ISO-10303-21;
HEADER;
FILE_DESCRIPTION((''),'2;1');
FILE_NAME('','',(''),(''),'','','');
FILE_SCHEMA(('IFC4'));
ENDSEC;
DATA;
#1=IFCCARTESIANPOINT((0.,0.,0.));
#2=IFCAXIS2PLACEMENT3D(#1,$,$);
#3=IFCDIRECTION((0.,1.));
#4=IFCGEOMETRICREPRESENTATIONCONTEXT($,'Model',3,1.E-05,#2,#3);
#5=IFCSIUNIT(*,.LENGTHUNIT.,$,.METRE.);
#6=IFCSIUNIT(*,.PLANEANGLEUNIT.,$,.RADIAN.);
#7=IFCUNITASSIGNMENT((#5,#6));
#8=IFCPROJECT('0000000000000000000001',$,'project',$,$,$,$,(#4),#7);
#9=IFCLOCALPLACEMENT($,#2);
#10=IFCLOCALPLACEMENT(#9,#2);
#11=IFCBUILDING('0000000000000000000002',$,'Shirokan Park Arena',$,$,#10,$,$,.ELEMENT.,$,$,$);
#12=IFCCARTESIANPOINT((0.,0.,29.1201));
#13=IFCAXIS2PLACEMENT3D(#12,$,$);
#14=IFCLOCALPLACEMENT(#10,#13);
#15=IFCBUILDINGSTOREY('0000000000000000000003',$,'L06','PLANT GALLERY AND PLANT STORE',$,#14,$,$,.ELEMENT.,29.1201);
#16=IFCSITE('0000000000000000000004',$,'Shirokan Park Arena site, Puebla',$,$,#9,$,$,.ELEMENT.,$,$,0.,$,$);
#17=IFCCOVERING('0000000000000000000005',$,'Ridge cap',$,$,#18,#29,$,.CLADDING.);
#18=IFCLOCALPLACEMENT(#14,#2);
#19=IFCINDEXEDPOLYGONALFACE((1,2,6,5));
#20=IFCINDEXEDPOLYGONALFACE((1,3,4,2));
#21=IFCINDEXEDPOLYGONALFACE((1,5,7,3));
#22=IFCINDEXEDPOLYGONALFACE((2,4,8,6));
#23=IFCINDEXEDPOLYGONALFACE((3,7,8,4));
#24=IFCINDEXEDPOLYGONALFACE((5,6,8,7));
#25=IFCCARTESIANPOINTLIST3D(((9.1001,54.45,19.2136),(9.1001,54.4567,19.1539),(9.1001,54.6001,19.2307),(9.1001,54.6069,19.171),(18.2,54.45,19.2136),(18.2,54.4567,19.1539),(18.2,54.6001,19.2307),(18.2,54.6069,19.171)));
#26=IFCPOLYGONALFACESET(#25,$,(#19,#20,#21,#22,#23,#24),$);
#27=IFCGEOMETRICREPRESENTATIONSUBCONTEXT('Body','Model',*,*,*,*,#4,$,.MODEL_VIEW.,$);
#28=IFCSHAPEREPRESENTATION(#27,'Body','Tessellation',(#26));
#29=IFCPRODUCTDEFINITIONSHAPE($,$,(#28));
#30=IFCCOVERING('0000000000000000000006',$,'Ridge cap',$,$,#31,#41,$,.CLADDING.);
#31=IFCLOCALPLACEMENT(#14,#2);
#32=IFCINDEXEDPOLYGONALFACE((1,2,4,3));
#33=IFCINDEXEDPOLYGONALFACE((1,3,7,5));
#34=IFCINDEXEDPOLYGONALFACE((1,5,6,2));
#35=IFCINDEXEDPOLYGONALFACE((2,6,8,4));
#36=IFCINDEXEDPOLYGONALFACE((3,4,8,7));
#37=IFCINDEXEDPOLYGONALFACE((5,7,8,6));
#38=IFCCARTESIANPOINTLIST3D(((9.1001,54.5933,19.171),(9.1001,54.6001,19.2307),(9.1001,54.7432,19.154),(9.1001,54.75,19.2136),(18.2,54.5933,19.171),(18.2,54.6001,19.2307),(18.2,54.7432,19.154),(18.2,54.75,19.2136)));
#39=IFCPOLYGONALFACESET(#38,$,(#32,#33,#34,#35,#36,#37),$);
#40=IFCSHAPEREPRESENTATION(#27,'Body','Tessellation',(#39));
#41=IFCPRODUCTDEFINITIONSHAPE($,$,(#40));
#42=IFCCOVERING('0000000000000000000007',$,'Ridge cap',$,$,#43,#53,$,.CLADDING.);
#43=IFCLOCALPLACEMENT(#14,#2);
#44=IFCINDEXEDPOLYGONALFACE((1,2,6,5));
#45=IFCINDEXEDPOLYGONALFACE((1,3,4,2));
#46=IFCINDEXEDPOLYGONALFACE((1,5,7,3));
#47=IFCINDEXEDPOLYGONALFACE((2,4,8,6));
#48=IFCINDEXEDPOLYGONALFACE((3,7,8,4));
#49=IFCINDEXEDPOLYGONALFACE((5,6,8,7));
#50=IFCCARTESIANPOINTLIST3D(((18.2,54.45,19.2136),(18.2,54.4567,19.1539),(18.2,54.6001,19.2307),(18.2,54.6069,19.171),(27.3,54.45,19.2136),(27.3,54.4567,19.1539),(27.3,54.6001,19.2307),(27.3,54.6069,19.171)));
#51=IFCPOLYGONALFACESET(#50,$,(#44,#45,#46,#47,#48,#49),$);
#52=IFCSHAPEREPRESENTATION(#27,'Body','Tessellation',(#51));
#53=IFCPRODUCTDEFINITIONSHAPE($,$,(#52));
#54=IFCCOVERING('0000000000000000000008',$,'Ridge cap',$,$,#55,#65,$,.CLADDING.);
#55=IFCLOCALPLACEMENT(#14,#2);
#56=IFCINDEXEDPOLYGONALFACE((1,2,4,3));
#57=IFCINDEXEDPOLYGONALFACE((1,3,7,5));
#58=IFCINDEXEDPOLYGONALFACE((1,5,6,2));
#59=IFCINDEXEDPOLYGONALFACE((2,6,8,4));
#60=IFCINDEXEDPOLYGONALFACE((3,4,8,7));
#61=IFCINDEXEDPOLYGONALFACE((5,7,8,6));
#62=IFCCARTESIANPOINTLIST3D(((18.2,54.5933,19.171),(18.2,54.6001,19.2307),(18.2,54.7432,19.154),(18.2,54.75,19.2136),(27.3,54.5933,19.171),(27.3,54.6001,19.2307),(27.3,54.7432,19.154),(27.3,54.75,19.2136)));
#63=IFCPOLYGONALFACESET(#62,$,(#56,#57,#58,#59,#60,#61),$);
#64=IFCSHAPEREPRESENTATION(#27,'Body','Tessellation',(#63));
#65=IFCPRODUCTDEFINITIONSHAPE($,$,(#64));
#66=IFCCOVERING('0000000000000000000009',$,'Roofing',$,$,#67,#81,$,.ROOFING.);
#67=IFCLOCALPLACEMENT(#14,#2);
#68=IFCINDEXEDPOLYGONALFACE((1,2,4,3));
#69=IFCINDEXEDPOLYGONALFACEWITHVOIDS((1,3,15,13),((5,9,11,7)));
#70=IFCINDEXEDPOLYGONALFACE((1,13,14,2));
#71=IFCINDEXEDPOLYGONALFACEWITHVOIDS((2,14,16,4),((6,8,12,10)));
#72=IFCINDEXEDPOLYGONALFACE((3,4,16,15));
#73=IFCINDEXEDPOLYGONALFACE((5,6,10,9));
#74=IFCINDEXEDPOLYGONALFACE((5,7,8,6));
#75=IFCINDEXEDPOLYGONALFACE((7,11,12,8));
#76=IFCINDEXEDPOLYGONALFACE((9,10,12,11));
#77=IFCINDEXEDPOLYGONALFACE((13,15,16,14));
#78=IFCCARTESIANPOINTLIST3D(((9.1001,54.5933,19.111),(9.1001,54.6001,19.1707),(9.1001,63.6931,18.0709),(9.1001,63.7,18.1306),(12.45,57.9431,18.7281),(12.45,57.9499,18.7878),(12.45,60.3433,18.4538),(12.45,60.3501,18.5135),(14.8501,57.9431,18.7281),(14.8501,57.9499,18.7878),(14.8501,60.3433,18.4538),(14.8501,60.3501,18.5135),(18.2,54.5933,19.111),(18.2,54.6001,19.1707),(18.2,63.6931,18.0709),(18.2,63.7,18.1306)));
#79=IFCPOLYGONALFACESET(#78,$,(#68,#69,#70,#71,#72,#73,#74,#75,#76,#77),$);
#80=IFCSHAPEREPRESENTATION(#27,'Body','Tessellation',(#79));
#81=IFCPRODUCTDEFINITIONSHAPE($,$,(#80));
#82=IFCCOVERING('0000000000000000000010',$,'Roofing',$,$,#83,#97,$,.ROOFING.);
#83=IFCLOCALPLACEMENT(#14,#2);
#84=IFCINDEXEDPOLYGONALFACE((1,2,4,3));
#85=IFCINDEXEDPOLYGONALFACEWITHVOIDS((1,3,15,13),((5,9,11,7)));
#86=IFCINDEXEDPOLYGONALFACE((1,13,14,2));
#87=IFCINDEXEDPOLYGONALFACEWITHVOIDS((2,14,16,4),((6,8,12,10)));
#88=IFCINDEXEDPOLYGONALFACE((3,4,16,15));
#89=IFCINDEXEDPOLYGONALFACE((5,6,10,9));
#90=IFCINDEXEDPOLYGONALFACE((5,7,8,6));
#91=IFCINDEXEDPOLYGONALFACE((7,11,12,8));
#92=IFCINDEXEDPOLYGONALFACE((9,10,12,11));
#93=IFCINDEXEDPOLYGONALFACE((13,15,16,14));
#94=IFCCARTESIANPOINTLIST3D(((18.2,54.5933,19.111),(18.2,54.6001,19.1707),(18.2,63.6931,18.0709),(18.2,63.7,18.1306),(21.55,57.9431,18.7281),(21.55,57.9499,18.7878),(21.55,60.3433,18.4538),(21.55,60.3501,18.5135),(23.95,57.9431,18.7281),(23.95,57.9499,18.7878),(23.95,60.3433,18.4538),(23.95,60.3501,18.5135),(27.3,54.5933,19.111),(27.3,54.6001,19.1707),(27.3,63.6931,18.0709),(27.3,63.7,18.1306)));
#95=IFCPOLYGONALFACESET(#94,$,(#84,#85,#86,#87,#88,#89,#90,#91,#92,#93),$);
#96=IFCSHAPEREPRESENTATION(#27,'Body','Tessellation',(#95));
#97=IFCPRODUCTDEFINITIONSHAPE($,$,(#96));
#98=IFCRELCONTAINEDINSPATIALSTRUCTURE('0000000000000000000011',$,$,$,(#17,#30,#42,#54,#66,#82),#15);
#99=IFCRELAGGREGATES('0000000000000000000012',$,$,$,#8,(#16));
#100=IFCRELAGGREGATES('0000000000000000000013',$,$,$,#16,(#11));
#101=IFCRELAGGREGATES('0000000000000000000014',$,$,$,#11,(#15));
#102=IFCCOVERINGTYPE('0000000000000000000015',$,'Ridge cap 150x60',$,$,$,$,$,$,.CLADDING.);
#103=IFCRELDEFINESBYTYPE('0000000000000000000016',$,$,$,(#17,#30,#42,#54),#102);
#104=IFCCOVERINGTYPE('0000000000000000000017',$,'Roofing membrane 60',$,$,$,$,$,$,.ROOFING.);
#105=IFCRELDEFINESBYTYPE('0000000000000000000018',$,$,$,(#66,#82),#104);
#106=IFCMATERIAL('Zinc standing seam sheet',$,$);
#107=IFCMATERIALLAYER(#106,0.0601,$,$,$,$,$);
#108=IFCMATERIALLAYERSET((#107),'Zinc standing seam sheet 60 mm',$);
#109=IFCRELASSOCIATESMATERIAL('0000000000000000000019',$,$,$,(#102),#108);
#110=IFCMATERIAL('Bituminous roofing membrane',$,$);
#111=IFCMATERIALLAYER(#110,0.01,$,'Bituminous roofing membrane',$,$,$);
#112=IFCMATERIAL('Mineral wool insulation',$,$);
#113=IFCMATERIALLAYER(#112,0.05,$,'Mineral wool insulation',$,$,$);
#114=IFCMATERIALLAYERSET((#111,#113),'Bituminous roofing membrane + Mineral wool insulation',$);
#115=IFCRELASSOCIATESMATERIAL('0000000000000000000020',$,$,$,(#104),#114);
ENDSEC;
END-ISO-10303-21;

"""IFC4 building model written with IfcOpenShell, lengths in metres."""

from ifc_helpers import new_model, si_unit, direction, frame, origin, place, context, subcontext, project, spatial, polyline, outline, extrude, material, layer, layer_set, type_object, element, save


model = new_model("IFC4")

# Units and contexts
model_context = context("Model", 3, precision=1e-05, world=origin(), true_north=direction((0.0, 1.0)))
body_context = subcontext(model_context, "Body", "Model", "MODEL_VIEW")
ifc_project = project(units=[si_unit("LENGTHUNIT", "METRE"), si_unit("PLANEANGLEUNIT", "RADIAN")], contexts=[model_context])

# Site, building, storey
site_placement = place(None, origin())
site = spatial("IfcSite", under=ifc_project, at=site_placement, Name="Shirokan Park Arena site, Puebla", CompositionType="ELEMENT", RefElevation=0.0)
building_placement = place(site_placement, origin())
building = spatial("IfcBuilding", under=site, at=building_placement, Name="Shirokan Park Arena", CompositionType="ELEMENT")
storey_placement = place(building_placement, frame((0.0, 0.0, 29.1201)))
storey = spatial("IfcBuildingStorey", under=building, at=storey_placement, Name="L06", Description="PLANT GALLERY AND PLANT STORE", CompositionType="ELEMENT", Elevation=29.1201)

# Coverings
ifc_material_1 = material(Name="Zinc standing seam sheet")
ifc_layer_1 = layer(ifc_material_1, 0.0601)
ifc_layer_set_1 = layer_set([ifc_layer_1], Name="Zinc standing seam sheet 60 mm")
covering_type_1 = type_object("IfcCoveringType", Name="Ridge cap 150x60", PredefinedType="CLADDING", material=ifc_layer_set_1)
covering_1_placement = place(storey_placement, frame((9.1001, 54.45, 19.2136), z_axis=(0.0, -0.113091, 0.993585), x_axis=(1.0, 0.0, 0.0)))
element("IfcCovering", 1, at=covering_1_placement, inside=storey, type_object=covering_type_1, Name="Ridge cap", PredefinedType="CLADDING", context=body_context, shape_type="SweptSolid", body=[
    extrude(outline(polyline([(0.0, 0.0), (9.0999, 0.0), (9.0999, 0.1511), (0.0, 0.1511), (0.0, 0.0)])), origin(), (0.0, 0.0, -1.0), 0.0601),
])
covering_2_placement = place(storey_placement, frame((9.1001, 54.6001, 19.2307), z_axis=(0.0, 0.113273, 0.993564), x_axis=(1.0, 0.0, 0.0)))
element("IfcCovering", 2, at=covering_2_placement, inside=storey, type_object=covering_type_1, Name="Ridge cap", PredefinedType="CLADDING", context=body_context, shape_type="SweptSolid", body=[
    extrude(outline(polyline([(0.0, 0.0), (9.0999, 0.0), (9.0999, 0.1509), (0.0, 0.1509), (0.0, 0.0)])), origin(), (0.0, 0.0, -1.0), 0.0601),
])
covering_3_placement = place(storey_placement, frame((18.2, 54.45, 19.2136), z_axis=(0.0, -0.113091, 0.993585), x_axis=(1.0, 0.0, 0.0)))
element("IfcCovering", 3, at=covering_3_placement, inside=storey, type_object=covering_type_1, Name="Ridge cap", PredefinedType="CLADDING", context=body_context, shape_type="SweptSolid", body=[
    extrude(outline(polyline([(0.0, 0.0), (9.1001, 0.0), (9.1001, 0.1511), (0.0, 0.1511), (0.0, 0.0)])), origin(), (0.0, 0.0, -1.0), 0.0601),
])
covering_4_placement = place(storey_placement, frame((18.2, 54.6001, 19.2307), z_axis=(0.0, 0.113273, 0.993564), x_axis=(1.0, 0.0, 0.0)))
element("IfcCovering", 4, at=covering_4_placement, inside=storey, type_object=covering_type_1, Name="Ridge cap", PredefinedType="CLADDING", context=body_context, shape_type="SweptSolid", body=[
    extrude(outline(polyline([(0.0, 0.0), (9.1001, 0.0), (9.1001, 0.1509), (0.0, 0.1509), (0.0, 0.0)])), origin(), (0.0, 0.0, -1.0), 0.0601),
])
ifc_material_2 = material(Name="Bituminous roofing membrane")
ifc_layer_2 = layer(ifc_material_2, 0.01, Name="Bituminous roofing membrane")
ifc_material_3 = material(Name="Mineral wool insulation")
ifc_layer_3 = layer(ifc_material_3, 0.05, Name="Mineral wool insulation")
ifc_layer_set_2 = layer_set([ifc_layer_2, ifc_layer_3], Name="Bituminous roofing membrane + Mineral wool insulation")
covering_type_2 = type_object("IfcCoveringType", Name="Roofing membrane 60", PredefinedType="ROOFING", material=ifc_layer_set_2)
covering_5_placement = place(storey_placement, frame((9.1001, 54.6001, 19.1707), z_axis=(0.0, 0.113553, 0.993532), x_axis=(1.0, 0.0, 0.0)))
element("IfcCovering", 5, at=covering_5_placement, inside=storey, type_object=covering_type_2, Name="Roofing", PredefinedType="ROOFING", context=body_context, shape_type="SweptSolid", body=[
    extrude(outline(polyline([(0.0, 0.0), (9.0999, 0.0), (9.0999, 9.1591), (0.0, 9.1591), (0.0, 0.0)]), holes=[polyline([(5.75, 3.3717), (5.75, 5.7874), (3.3499, 5.7874), (3.3499, 3.3717), (5.75, 3.3717)])]), origin(), (0.0, 0.0, -1.0), 0.0601),
])
covering_6_placement = place(storey_placement, frame((18.2, 54.6001, 19.1707), z_axis=(0.0, 0.113553, 0.993532), x_axis=(1.0, 0.0, 0.0)))
element("IfcCovering", 6, at=covering_6_placement, inside=storey, type_object=covering_type_2, Name="Roofing", PredefinedType="ROOFING", context=body_context, shape_type="SweptSolid", body=[
    extrude(outline(polyline([(0.0, 0.0), (9.1001, 0.0), (9.1001, 9.1591), (0.0, 9.1591), (0.0, 0.0)]), holes=[polyline([(5.75, 3.3717), (5.75, 5.7874), (3.3501, 5.7874), (3.3501, 3.3717), (5.75, 3.3717)])]), origin(), (0.0, 0.0, -1.0), 0.0601),
])

save(model, "model.ifc")
